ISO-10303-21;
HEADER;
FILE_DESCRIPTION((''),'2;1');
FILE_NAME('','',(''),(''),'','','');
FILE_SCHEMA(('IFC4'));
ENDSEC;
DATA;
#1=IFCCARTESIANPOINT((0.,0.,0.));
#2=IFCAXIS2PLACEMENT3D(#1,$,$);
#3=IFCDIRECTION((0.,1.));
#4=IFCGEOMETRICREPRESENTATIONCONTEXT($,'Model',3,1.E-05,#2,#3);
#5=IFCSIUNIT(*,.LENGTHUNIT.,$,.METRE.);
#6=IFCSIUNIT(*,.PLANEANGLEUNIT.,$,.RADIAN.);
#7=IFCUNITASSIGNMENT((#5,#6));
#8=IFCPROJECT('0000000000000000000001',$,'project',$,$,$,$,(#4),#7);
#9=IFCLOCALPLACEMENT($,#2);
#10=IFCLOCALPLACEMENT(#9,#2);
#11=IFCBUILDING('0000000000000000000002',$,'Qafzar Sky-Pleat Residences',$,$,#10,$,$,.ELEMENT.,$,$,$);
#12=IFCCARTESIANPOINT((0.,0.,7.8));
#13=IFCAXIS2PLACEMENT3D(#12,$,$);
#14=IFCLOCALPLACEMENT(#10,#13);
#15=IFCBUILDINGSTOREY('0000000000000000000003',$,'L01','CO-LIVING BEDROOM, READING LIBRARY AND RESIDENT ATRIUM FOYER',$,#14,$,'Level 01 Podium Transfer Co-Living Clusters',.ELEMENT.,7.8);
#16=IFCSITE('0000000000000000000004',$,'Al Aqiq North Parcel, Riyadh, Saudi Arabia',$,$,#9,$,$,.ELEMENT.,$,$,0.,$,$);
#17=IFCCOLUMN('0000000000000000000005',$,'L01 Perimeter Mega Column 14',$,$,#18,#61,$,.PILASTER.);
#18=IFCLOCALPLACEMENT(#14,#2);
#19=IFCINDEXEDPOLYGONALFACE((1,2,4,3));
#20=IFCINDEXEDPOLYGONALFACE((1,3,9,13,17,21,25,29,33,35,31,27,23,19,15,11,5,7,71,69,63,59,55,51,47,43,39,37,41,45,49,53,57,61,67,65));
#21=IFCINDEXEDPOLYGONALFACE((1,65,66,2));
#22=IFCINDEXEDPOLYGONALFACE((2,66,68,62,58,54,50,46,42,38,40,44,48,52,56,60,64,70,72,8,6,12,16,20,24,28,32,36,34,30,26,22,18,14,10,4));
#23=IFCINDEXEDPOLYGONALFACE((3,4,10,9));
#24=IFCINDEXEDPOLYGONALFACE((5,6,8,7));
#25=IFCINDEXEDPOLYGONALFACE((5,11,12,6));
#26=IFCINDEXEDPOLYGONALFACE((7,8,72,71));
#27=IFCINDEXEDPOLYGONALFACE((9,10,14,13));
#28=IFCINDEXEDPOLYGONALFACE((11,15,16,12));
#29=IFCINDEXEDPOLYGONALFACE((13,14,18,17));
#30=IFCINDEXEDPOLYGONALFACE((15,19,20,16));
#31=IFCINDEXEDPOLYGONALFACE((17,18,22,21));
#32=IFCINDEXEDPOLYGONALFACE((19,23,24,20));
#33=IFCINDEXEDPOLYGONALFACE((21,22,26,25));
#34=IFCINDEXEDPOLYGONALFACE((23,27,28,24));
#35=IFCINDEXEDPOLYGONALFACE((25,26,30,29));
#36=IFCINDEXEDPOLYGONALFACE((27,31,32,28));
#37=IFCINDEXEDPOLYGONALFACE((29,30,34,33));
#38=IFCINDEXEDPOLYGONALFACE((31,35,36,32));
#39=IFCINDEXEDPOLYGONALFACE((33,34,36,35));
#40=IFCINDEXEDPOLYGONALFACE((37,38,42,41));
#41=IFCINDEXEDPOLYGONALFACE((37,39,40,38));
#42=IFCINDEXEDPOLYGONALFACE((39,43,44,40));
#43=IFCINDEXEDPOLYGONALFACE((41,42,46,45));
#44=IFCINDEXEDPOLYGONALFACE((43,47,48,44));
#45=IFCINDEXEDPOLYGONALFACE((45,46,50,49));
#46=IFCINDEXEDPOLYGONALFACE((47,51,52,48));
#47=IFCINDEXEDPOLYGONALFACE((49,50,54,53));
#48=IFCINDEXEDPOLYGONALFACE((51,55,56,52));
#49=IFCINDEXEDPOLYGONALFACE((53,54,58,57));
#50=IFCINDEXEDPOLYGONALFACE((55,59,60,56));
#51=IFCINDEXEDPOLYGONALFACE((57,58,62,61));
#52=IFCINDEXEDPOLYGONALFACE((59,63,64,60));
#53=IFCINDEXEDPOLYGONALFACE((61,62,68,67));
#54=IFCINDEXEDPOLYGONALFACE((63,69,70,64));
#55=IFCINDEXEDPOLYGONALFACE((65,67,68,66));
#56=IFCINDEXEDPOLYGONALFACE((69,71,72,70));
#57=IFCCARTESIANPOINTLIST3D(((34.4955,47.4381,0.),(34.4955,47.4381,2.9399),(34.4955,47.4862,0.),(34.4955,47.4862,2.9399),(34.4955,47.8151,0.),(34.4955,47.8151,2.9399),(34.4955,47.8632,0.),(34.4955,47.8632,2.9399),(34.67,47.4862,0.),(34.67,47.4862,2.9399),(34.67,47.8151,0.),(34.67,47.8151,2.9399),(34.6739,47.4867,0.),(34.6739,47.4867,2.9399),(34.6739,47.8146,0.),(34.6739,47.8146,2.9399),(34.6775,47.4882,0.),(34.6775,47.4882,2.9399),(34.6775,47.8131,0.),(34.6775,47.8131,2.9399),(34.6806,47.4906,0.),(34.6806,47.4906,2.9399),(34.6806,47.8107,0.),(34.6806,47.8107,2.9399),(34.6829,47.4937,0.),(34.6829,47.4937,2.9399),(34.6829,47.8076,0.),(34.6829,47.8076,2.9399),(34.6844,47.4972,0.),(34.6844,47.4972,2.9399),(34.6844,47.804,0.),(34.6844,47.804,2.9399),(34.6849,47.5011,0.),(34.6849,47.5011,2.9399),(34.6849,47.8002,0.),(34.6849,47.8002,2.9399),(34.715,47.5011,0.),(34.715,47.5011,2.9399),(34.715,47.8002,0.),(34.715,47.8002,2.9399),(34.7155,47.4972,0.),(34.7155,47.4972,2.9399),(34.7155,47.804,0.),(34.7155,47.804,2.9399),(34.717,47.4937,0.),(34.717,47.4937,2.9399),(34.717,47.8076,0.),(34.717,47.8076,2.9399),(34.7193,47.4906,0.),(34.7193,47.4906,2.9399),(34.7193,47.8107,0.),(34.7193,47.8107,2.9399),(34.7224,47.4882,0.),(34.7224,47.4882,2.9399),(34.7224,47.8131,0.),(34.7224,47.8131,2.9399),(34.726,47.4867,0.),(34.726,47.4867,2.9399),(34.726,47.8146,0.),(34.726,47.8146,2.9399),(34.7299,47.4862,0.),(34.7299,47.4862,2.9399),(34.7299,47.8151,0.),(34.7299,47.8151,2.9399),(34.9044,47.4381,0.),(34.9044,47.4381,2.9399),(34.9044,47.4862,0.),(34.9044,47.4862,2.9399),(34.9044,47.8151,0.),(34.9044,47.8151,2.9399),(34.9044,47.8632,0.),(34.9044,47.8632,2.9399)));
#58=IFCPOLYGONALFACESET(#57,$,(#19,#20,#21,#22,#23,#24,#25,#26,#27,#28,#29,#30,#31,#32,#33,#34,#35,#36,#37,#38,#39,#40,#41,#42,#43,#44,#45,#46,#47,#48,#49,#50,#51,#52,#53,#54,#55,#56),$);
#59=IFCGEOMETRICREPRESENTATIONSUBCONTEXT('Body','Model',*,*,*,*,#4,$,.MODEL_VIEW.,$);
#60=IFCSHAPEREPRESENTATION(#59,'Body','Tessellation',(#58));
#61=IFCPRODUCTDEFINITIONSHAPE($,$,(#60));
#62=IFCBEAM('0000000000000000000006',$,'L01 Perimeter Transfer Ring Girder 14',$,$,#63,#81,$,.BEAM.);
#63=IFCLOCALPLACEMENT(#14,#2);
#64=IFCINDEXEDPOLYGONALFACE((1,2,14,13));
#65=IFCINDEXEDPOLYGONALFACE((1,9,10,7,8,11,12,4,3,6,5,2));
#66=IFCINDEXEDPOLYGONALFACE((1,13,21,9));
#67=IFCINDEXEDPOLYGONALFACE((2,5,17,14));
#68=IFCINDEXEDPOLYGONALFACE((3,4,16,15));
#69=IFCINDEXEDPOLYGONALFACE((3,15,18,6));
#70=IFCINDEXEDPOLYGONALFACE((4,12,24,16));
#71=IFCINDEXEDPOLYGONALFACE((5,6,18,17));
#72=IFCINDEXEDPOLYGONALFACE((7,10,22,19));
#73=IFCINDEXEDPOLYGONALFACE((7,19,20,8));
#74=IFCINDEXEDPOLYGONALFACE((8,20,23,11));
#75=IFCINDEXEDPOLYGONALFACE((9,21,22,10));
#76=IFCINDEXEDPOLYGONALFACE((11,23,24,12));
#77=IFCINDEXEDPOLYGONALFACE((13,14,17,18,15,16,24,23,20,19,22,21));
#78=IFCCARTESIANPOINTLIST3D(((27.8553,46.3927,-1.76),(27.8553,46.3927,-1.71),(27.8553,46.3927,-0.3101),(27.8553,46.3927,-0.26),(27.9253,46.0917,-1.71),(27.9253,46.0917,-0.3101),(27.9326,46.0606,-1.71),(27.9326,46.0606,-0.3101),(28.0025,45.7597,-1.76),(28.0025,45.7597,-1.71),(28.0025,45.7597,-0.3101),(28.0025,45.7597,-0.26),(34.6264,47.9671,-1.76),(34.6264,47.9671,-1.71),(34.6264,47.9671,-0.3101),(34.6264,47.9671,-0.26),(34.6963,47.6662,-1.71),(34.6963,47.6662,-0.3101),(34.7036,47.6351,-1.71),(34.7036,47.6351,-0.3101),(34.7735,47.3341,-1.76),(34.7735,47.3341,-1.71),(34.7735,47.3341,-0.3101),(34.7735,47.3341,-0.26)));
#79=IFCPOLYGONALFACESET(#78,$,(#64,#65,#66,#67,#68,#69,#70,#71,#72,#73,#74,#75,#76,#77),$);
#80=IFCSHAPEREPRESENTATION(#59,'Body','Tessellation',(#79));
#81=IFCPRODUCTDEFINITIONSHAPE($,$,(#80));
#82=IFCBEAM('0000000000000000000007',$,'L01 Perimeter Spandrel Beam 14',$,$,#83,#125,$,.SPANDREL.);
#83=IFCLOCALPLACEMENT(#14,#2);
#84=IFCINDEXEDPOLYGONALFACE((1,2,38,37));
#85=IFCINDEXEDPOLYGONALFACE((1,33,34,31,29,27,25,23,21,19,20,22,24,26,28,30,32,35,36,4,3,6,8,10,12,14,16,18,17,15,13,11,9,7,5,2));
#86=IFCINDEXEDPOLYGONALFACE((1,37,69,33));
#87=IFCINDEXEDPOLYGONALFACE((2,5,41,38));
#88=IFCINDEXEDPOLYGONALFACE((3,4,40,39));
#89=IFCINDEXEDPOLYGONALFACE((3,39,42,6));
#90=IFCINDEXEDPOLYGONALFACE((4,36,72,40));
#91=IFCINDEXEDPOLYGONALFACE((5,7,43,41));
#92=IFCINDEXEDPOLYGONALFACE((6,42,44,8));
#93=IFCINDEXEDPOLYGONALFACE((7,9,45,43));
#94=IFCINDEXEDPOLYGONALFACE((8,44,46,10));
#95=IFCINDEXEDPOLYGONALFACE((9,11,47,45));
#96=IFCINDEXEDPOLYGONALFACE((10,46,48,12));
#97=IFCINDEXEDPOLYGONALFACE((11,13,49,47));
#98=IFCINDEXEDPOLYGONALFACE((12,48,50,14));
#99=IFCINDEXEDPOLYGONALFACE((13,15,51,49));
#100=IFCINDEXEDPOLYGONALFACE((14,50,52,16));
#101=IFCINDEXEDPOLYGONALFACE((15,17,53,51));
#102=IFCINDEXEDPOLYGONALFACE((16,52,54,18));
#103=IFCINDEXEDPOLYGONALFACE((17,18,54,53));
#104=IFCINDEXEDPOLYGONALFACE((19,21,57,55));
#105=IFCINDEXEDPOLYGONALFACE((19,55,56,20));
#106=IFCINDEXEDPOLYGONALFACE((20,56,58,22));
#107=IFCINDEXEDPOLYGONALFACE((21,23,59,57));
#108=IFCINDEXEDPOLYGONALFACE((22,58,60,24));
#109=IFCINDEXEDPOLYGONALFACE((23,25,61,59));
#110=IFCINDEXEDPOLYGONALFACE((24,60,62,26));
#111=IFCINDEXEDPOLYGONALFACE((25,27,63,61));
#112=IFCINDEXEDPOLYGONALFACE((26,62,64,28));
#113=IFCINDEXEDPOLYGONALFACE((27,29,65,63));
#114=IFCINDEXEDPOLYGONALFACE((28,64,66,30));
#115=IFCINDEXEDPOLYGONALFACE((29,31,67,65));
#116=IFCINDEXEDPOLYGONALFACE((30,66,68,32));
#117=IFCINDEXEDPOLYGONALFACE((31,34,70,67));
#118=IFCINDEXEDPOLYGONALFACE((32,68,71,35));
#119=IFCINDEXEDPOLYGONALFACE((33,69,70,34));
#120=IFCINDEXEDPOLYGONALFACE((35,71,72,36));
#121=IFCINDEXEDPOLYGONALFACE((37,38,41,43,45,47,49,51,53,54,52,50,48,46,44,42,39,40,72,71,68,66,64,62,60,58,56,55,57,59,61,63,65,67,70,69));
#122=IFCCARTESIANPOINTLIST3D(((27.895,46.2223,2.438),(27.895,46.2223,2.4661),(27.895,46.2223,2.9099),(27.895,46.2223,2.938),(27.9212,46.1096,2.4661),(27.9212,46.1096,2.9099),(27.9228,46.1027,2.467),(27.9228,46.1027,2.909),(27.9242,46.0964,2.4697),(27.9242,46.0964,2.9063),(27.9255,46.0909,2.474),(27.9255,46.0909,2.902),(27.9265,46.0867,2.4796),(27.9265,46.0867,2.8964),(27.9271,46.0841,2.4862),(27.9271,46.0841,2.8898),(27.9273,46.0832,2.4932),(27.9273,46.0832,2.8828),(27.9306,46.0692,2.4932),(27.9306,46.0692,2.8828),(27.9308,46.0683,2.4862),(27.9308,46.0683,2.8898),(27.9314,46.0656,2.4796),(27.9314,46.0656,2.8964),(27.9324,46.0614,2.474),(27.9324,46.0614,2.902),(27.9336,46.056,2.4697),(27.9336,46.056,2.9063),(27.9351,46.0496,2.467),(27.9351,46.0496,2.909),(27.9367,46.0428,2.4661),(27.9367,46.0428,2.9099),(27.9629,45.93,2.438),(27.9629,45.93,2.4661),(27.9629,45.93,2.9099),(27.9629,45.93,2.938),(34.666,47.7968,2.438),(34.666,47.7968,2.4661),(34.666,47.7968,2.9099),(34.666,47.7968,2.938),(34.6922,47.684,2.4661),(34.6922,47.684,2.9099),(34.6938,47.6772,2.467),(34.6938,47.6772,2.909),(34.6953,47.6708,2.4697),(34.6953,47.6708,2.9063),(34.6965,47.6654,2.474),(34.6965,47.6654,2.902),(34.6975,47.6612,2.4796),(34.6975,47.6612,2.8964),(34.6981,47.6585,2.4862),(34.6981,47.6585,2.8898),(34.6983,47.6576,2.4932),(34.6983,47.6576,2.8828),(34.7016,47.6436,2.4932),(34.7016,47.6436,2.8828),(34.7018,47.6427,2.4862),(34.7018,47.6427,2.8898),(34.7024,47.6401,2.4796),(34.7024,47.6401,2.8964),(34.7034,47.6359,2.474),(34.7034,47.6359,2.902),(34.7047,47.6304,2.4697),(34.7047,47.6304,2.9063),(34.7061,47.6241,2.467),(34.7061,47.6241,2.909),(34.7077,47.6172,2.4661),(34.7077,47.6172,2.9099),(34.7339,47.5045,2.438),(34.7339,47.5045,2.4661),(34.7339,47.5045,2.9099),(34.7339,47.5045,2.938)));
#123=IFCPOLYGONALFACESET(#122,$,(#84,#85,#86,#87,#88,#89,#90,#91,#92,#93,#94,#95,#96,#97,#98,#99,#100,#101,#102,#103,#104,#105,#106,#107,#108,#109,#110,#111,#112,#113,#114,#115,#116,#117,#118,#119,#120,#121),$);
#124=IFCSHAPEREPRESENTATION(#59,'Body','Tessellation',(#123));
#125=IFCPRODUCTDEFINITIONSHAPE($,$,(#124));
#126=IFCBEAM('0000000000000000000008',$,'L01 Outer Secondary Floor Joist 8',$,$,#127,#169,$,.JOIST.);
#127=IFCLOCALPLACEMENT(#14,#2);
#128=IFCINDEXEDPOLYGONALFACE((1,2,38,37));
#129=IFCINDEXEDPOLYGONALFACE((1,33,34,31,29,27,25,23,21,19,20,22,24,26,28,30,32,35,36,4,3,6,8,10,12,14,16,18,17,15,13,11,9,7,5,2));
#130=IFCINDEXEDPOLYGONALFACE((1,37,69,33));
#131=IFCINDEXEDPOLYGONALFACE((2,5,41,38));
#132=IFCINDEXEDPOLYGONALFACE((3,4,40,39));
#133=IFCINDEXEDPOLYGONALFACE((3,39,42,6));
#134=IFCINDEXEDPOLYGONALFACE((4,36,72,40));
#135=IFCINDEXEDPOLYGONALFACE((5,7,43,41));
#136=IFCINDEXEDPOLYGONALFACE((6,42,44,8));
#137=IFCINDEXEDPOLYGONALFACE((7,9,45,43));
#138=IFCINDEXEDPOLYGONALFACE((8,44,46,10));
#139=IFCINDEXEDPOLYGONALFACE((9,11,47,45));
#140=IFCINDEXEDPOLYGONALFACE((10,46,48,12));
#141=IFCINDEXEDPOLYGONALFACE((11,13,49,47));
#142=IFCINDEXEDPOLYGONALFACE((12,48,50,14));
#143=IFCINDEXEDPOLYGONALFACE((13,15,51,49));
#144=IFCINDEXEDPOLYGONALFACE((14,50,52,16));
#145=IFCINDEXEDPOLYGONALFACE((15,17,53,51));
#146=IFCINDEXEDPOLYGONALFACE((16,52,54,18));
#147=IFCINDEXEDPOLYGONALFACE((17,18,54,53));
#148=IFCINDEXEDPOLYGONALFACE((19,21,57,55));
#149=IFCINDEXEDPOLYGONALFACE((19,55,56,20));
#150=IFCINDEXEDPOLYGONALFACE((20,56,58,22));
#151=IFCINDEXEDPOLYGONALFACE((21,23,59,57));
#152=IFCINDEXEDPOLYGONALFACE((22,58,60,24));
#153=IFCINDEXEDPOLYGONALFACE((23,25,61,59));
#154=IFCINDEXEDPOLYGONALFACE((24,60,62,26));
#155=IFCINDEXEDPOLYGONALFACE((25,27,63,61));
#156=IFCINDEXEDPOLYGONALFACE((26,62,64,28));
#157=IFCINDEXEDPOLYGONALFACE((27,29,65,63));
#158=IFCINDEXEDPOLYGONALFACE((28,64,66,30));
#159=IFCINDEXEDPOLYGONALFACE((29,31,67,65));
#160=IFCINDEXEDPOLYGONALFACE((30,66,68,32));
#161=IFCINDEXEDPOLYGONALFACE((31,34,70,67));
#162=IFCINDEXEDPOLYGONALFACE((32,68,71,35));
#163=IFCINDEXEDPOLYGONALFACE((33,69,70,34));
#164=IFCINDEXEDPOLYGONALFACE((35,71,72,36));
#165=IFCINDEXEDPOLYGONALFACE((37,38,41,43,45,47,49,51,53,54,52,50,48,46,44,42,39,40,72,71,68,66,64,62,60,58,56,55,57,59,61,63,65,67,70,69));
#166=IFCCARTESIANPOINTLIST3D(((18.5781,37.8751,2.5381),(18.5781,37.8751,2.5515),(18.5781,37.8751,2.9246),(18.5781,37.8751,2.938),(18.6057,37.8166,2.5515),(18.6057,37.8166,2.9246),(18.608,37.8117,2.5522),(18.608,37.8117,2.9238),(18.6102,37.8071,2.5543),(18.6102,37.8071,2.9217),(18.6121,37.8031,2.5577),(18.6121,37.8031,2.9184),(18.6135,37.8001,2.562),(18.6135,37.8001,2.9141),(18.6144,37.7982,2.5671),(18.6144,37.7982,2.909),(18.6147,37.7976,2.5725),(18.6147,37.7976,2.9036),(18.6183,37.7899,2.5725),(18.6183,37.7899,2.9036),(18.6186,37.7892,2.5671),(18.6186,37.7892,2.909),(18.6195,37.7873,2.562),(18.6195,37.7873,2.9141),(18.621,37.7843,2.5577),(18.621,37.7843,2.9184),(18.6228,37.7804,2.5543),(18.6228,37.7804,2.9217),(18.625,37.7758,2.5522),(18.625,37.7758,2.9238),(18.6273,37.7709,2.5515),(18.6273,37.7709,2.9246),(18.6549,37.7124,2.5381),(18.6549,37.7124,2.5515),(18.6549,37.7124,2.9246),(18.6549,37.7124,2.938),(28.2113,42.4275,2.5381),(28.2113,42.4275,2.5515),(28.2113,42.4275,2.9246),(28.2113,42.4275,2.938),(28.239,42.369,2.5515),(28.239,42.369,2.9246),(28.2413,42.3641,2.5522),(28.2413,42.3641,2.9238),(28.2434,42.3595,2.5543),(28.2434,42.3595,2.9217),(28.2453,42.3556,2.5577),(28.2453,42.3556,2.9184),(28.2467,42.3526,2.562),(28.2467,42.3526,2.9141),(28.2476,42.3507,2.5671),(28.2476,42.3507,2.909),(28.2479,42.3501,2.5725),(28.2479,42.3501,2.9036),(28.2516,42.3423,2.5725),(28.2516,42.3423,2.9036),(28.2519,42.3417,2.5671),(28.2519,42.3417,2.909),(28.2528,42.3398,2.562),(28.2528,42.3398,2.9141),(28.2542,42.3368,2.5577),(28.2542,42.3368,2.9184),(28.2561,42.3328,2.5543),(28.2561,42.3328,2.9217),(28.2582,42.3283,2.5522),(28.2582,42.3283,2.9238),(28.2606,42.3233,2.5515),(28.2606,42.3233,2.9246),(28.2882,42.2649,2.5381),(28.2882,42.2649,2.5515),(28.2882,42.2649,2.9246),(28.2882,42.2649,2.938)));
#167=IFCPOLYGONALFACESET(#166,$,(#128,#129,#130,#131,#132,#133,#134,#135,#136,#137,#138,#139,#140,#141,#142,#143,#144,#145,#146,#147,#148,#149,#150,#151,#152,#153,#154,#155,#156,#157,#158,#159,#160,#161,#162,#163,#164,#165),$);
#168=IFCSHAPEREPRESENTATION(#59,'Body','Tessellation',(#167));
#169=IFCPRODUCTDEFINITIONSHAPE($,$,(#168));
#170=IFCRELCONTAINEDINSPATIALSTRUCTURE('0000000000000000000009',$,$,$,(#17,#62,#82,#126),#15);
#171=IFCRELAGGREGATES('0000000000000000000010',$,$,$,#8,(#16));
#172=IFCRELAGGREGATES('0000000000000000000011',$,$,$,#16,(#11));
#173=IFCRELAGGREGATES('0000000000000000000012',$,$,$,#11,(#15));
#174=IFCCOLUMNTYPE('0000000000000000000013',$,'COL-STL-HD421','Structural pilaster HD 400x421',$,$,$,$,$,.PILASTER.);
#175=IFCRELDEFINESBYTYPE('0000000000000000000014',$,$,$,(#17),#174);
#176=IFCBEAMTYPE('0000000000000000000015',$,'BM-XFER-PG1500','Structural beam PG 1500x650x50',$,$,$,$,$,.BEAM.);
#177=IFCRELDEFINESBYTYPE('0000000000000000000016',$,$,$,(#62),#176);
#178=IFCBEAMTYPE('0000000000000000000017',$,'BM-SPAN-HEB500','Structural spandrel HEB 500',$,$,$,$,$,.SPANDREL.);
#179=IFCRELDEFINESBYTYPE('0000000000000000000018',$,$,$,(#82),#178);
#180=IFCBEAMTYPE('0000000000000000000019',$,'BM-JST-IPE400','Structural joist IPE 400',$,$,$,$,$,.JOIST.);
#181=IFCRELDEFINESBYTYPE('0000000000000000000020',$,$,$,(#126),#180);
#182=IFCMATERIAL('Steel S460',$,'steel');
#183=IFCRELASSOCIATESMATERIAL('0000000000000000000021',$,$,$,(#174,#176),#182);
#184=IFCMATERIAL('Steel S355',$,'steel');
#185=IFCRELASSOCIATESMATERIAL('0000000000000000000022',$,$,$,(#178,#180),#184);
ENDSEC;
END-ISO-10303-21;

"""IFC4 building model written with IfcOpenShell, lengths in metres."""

from ifc_helpers import new_model, si_unit, direction, frame, origin, origin_2d, place, context, subcontext, project, spatial, i_section, extrude, source, transform, mapped, material, material_profile, profile_set, type_object, element, save


model = new_model("IFC4")

# Units and contexts
model_context = context("Model", 3, precision=1e-05, world=origin(), true_north=direction((0.0, 1.0)))
body_context = subcontext(model_context, "Body", "Model", "MODEL_VIEW")
ifc_project = project(units=[si_unit("LENGTHUNIT", "METRE"), si_unit("PLANEANGLEUNIT", "RADIAN")], contexts=[model_context])

# Site, building, storey
site_placement = place(None, origin())
site = spatial("IfcSite", under=ifc_project, at=site_placement, Name="Al Aqiq North Parcel, Riyadh, Saudi Arabia", CompositionType="ELEMENT", RefElevation=0.0)
building_placement = place(site_placement, origin())
building = spatial("IfcBuilding", under=site, at=building_placement, Name="Qafzar Sky-Pleat Residences", CompositionType="ELEMENT")
storey_placement = place(building_placement, frame((0.0, 0.0, 7.8)))
storey = spatial("IfcBuildingStorey", under=building, at=storey_placement, Name="L01", Description="CO-LIVING BEDROOM, READING LIBRARY AND RESIDENT ATRIUM FOYER", LongName="Level 01 Podium Transfer Co-Living Clusters", CompositionType="ELEMENT", Elevation=7.8)

# Column
ifc_material_1 = material(Name="Steel S460", Category="steel")
ifc_material_profile_1 = material_profile(ifc_material_1, i_section(OverallWidth=0.4089, OverallDepth=0.425, WebThickness=0.03, FlangeThickness=0.0481, FilletRadius=0.0149, at=origin_2d()), Name="HD 400x421")
ifc_profile_set_1 = profile_set([ifc_material_profile_1], Name="Steel S460")
column_type = type_object("IfcColumnType", Name="COL-STL-HD421", Description="Structural pilaster HD 400x421", PredefinedType="PILASTER", material=ifc_profile_set_1)
shared_shape_1 = source(origin(), body_context, "Body", "SweptSolid", [
    extrude(i_section(OverallWidth=0.4089, OverallDepth=0.425, WebThickness=0.03, FlangeThickness=0.0481, FilletRadius=0.0149, at=origin_2d()), origin(), (0.0, 0.0, 1.0), 2.9399),
])
column_placement = place(storey_placement, frame((34.7, 47.6506, 0.0), z_axis=(0.0, 0.0, 1.0), x_axis=(1.0, 0.0, 0.0)))
element("IfcColumn", 1, at=column_placement, inside=storey, type_object=column_type, Name="L01 Perimeter Mega Column 14", PredefinedType="PILASTER", context=body_context, shape_type="MappedRepresentation", body=[
    mapped(shared_shape_1, transform((0.0, 0.0, 0.0), x_axis=(1.0, 0.0, 0.0), y_axis=(0.0, 1.0, 0.0), z_axis=(0.0, 0.0, 1.0), scale=1.0)),
])

# Beams
ifc_material_profile_2 = material_profile(ifc_material_1, i_section(OverallWidth=0.6499, OverallDepth=1.5, WebThickness=0.032, FlangeThickness=0.05, at=origin_2d()), Name="PG 1500x650x50")
ifc_profile_set_2 = profile_set([ifc_material_profile_2], Name="Steel S460")
beam_type_1 = type_object("IfcBeamType", Name="BM-XFER-PG1500", Description="Structural beam PG 1500x650x50", PredefinedType="BEAM", material=ifc_profile_set_2)
shared_shape_2 = source(origin(), body_context, "Body", "SweptSolid", [
    extrude(i_section(OverallWidth=0.6499, OverallDepth=1.5, WebThickness=0.032, FlangeThickness=0.05, at=origin_2d()), origin(), (0.0, 0.0, 1.0), 6.9517),
])
beam_1_placement = place(storey_placement, frame((34.7, 47.6506, -1.01), z_axis=(-0.974014, -0.226488, 0.0), x_axis=(0.226488, -0.974014, 0.0)))
element("IfcBeam", 2, at=beam_1_placement, inside=storey, type_object=beam_type_1, Name="L01 Perimeter Transfer Ring Girder 14", PredefinedType="BEAM", context=body_context, shape_type="MappedRepresentation", body=[
    mapped(shared_shape_2, transform((0.0, 0.0, 0.0), x_axis=(1.0, 0.0, 0.0), y_axis=(0.0, 1.0, 0.0), z_axis=(0.0, 0.0, 1.0), scale=1.0)),
])
ifc_material_2 = material(Name="Steel S355", Category="steel")
ifc_material_profile_3 = material_profile(ifc_material_2, i_section(OverallWidth=0.3, OverallDepth=0.5, WebThickness=0.0144, FlangeThickness=0.0281, FilletRadius=0.0271, at=origin_2d()), Name="HEB 500")
ifc_profile_set_3 = profile_set([ifc_material_profile_3], Name="Steel S355")
beam_type_2 = type_object("IfcBeamType", Name="BM-SPAN-HEB500", Description="Structural spandrel HEB 500", PredefinedType="SPANDREL", material=ifc_profile_set_3)
shared_shape_3 = source(origin(), body_context, "Body", "SweptSolid", [
    extrude(i_section(OverallWidth=0.3, OverallDepth=0.5, WebThickness=0.0144, FlangeThickness=0.0281, FilletRadius=0.0271, at=origin_2d()), origin(), (0.0, 0.0, 1.0), 6.9517),
])
beam_2_placement = place(storey_placement, frame((34.7, 47.6506, 2.688), z_axis=(-0.974014, -0.226488, 0.0), x_axis=(0.226488, -0.974014, 0.0)))
element("IfcBeam", 3, at=beam_2_placement, inside=storey, type_object=beam_type_2, Name="L01 Perimeter Spandrel Beam 14", PredefinedType="SPANDREL", context=body_context, shape_type="MappedRepresentation", body=[
    mapped(shared_shape_3, transform((0.0, 0.0, 0.0), x_axis=(1.0, 0.0, 0.0), y_axis=(0.0, 1.0, 0.0), z_axis=(0.0, 0.0, 1.0), scale=1.0)),
])
ifc_material_profile_4 = material_profile(ifc_material_2, i_section(OverallWidth=0.1799, OverallDepth=0.3999, WebThickness=0.0085, FlangeThickness=0.0134, FilletRadius=0.021, at=origin_2d()), Name="IPE 400")
ifc_profile_set_4 = profile_set([ifc_material_profile_4], Name="Steel S355")
beam_type_3 = type_object("IfcBeamType", Name="BM-JST-IPE400", Description="Structural joist IPE 400", PredefinedType="JOIST", material=ifc_profile_set_4)
shared_shape_4 = source(origin(), body_context, "Body", "SweptSolid", [
    extrude(i_section(OverallWidth=0.1799, OverallDepth=0.3999, WebThickness=0.0085, FlangeThickness=0.0134, FilletRadius=0.021, at=origin_2d()), origin(), (0.0, 0.0, 1.0), 10.6548),
])
beam_3_placement = place(storey_placement, frame((28.2498, 42.3462, 2.738), z_axis=(-0.904124, -0.42727, 0.0), x_axis=(0.42727, -0.904124, 0.0)))
element("IfcBeam", 4, at=beam_3_placement, inside=storey, type_object=beam_type_3, Name="L01 Outer Secondary Floor Joist 8", PredefinedType="JOIST", context=body_context, shape_type="MappedRepresentation", body=[
    mapped(shared_shape_4, transform((0.0, 0.0, 0.0), x_axis=(1.0, 0.0, 0.0), y_axis=(0.0, 1.0, 0.0), z_axis=(0.0, 0.0, 1.0), scale=1.0)),
])

save(model, "model.ifc")
